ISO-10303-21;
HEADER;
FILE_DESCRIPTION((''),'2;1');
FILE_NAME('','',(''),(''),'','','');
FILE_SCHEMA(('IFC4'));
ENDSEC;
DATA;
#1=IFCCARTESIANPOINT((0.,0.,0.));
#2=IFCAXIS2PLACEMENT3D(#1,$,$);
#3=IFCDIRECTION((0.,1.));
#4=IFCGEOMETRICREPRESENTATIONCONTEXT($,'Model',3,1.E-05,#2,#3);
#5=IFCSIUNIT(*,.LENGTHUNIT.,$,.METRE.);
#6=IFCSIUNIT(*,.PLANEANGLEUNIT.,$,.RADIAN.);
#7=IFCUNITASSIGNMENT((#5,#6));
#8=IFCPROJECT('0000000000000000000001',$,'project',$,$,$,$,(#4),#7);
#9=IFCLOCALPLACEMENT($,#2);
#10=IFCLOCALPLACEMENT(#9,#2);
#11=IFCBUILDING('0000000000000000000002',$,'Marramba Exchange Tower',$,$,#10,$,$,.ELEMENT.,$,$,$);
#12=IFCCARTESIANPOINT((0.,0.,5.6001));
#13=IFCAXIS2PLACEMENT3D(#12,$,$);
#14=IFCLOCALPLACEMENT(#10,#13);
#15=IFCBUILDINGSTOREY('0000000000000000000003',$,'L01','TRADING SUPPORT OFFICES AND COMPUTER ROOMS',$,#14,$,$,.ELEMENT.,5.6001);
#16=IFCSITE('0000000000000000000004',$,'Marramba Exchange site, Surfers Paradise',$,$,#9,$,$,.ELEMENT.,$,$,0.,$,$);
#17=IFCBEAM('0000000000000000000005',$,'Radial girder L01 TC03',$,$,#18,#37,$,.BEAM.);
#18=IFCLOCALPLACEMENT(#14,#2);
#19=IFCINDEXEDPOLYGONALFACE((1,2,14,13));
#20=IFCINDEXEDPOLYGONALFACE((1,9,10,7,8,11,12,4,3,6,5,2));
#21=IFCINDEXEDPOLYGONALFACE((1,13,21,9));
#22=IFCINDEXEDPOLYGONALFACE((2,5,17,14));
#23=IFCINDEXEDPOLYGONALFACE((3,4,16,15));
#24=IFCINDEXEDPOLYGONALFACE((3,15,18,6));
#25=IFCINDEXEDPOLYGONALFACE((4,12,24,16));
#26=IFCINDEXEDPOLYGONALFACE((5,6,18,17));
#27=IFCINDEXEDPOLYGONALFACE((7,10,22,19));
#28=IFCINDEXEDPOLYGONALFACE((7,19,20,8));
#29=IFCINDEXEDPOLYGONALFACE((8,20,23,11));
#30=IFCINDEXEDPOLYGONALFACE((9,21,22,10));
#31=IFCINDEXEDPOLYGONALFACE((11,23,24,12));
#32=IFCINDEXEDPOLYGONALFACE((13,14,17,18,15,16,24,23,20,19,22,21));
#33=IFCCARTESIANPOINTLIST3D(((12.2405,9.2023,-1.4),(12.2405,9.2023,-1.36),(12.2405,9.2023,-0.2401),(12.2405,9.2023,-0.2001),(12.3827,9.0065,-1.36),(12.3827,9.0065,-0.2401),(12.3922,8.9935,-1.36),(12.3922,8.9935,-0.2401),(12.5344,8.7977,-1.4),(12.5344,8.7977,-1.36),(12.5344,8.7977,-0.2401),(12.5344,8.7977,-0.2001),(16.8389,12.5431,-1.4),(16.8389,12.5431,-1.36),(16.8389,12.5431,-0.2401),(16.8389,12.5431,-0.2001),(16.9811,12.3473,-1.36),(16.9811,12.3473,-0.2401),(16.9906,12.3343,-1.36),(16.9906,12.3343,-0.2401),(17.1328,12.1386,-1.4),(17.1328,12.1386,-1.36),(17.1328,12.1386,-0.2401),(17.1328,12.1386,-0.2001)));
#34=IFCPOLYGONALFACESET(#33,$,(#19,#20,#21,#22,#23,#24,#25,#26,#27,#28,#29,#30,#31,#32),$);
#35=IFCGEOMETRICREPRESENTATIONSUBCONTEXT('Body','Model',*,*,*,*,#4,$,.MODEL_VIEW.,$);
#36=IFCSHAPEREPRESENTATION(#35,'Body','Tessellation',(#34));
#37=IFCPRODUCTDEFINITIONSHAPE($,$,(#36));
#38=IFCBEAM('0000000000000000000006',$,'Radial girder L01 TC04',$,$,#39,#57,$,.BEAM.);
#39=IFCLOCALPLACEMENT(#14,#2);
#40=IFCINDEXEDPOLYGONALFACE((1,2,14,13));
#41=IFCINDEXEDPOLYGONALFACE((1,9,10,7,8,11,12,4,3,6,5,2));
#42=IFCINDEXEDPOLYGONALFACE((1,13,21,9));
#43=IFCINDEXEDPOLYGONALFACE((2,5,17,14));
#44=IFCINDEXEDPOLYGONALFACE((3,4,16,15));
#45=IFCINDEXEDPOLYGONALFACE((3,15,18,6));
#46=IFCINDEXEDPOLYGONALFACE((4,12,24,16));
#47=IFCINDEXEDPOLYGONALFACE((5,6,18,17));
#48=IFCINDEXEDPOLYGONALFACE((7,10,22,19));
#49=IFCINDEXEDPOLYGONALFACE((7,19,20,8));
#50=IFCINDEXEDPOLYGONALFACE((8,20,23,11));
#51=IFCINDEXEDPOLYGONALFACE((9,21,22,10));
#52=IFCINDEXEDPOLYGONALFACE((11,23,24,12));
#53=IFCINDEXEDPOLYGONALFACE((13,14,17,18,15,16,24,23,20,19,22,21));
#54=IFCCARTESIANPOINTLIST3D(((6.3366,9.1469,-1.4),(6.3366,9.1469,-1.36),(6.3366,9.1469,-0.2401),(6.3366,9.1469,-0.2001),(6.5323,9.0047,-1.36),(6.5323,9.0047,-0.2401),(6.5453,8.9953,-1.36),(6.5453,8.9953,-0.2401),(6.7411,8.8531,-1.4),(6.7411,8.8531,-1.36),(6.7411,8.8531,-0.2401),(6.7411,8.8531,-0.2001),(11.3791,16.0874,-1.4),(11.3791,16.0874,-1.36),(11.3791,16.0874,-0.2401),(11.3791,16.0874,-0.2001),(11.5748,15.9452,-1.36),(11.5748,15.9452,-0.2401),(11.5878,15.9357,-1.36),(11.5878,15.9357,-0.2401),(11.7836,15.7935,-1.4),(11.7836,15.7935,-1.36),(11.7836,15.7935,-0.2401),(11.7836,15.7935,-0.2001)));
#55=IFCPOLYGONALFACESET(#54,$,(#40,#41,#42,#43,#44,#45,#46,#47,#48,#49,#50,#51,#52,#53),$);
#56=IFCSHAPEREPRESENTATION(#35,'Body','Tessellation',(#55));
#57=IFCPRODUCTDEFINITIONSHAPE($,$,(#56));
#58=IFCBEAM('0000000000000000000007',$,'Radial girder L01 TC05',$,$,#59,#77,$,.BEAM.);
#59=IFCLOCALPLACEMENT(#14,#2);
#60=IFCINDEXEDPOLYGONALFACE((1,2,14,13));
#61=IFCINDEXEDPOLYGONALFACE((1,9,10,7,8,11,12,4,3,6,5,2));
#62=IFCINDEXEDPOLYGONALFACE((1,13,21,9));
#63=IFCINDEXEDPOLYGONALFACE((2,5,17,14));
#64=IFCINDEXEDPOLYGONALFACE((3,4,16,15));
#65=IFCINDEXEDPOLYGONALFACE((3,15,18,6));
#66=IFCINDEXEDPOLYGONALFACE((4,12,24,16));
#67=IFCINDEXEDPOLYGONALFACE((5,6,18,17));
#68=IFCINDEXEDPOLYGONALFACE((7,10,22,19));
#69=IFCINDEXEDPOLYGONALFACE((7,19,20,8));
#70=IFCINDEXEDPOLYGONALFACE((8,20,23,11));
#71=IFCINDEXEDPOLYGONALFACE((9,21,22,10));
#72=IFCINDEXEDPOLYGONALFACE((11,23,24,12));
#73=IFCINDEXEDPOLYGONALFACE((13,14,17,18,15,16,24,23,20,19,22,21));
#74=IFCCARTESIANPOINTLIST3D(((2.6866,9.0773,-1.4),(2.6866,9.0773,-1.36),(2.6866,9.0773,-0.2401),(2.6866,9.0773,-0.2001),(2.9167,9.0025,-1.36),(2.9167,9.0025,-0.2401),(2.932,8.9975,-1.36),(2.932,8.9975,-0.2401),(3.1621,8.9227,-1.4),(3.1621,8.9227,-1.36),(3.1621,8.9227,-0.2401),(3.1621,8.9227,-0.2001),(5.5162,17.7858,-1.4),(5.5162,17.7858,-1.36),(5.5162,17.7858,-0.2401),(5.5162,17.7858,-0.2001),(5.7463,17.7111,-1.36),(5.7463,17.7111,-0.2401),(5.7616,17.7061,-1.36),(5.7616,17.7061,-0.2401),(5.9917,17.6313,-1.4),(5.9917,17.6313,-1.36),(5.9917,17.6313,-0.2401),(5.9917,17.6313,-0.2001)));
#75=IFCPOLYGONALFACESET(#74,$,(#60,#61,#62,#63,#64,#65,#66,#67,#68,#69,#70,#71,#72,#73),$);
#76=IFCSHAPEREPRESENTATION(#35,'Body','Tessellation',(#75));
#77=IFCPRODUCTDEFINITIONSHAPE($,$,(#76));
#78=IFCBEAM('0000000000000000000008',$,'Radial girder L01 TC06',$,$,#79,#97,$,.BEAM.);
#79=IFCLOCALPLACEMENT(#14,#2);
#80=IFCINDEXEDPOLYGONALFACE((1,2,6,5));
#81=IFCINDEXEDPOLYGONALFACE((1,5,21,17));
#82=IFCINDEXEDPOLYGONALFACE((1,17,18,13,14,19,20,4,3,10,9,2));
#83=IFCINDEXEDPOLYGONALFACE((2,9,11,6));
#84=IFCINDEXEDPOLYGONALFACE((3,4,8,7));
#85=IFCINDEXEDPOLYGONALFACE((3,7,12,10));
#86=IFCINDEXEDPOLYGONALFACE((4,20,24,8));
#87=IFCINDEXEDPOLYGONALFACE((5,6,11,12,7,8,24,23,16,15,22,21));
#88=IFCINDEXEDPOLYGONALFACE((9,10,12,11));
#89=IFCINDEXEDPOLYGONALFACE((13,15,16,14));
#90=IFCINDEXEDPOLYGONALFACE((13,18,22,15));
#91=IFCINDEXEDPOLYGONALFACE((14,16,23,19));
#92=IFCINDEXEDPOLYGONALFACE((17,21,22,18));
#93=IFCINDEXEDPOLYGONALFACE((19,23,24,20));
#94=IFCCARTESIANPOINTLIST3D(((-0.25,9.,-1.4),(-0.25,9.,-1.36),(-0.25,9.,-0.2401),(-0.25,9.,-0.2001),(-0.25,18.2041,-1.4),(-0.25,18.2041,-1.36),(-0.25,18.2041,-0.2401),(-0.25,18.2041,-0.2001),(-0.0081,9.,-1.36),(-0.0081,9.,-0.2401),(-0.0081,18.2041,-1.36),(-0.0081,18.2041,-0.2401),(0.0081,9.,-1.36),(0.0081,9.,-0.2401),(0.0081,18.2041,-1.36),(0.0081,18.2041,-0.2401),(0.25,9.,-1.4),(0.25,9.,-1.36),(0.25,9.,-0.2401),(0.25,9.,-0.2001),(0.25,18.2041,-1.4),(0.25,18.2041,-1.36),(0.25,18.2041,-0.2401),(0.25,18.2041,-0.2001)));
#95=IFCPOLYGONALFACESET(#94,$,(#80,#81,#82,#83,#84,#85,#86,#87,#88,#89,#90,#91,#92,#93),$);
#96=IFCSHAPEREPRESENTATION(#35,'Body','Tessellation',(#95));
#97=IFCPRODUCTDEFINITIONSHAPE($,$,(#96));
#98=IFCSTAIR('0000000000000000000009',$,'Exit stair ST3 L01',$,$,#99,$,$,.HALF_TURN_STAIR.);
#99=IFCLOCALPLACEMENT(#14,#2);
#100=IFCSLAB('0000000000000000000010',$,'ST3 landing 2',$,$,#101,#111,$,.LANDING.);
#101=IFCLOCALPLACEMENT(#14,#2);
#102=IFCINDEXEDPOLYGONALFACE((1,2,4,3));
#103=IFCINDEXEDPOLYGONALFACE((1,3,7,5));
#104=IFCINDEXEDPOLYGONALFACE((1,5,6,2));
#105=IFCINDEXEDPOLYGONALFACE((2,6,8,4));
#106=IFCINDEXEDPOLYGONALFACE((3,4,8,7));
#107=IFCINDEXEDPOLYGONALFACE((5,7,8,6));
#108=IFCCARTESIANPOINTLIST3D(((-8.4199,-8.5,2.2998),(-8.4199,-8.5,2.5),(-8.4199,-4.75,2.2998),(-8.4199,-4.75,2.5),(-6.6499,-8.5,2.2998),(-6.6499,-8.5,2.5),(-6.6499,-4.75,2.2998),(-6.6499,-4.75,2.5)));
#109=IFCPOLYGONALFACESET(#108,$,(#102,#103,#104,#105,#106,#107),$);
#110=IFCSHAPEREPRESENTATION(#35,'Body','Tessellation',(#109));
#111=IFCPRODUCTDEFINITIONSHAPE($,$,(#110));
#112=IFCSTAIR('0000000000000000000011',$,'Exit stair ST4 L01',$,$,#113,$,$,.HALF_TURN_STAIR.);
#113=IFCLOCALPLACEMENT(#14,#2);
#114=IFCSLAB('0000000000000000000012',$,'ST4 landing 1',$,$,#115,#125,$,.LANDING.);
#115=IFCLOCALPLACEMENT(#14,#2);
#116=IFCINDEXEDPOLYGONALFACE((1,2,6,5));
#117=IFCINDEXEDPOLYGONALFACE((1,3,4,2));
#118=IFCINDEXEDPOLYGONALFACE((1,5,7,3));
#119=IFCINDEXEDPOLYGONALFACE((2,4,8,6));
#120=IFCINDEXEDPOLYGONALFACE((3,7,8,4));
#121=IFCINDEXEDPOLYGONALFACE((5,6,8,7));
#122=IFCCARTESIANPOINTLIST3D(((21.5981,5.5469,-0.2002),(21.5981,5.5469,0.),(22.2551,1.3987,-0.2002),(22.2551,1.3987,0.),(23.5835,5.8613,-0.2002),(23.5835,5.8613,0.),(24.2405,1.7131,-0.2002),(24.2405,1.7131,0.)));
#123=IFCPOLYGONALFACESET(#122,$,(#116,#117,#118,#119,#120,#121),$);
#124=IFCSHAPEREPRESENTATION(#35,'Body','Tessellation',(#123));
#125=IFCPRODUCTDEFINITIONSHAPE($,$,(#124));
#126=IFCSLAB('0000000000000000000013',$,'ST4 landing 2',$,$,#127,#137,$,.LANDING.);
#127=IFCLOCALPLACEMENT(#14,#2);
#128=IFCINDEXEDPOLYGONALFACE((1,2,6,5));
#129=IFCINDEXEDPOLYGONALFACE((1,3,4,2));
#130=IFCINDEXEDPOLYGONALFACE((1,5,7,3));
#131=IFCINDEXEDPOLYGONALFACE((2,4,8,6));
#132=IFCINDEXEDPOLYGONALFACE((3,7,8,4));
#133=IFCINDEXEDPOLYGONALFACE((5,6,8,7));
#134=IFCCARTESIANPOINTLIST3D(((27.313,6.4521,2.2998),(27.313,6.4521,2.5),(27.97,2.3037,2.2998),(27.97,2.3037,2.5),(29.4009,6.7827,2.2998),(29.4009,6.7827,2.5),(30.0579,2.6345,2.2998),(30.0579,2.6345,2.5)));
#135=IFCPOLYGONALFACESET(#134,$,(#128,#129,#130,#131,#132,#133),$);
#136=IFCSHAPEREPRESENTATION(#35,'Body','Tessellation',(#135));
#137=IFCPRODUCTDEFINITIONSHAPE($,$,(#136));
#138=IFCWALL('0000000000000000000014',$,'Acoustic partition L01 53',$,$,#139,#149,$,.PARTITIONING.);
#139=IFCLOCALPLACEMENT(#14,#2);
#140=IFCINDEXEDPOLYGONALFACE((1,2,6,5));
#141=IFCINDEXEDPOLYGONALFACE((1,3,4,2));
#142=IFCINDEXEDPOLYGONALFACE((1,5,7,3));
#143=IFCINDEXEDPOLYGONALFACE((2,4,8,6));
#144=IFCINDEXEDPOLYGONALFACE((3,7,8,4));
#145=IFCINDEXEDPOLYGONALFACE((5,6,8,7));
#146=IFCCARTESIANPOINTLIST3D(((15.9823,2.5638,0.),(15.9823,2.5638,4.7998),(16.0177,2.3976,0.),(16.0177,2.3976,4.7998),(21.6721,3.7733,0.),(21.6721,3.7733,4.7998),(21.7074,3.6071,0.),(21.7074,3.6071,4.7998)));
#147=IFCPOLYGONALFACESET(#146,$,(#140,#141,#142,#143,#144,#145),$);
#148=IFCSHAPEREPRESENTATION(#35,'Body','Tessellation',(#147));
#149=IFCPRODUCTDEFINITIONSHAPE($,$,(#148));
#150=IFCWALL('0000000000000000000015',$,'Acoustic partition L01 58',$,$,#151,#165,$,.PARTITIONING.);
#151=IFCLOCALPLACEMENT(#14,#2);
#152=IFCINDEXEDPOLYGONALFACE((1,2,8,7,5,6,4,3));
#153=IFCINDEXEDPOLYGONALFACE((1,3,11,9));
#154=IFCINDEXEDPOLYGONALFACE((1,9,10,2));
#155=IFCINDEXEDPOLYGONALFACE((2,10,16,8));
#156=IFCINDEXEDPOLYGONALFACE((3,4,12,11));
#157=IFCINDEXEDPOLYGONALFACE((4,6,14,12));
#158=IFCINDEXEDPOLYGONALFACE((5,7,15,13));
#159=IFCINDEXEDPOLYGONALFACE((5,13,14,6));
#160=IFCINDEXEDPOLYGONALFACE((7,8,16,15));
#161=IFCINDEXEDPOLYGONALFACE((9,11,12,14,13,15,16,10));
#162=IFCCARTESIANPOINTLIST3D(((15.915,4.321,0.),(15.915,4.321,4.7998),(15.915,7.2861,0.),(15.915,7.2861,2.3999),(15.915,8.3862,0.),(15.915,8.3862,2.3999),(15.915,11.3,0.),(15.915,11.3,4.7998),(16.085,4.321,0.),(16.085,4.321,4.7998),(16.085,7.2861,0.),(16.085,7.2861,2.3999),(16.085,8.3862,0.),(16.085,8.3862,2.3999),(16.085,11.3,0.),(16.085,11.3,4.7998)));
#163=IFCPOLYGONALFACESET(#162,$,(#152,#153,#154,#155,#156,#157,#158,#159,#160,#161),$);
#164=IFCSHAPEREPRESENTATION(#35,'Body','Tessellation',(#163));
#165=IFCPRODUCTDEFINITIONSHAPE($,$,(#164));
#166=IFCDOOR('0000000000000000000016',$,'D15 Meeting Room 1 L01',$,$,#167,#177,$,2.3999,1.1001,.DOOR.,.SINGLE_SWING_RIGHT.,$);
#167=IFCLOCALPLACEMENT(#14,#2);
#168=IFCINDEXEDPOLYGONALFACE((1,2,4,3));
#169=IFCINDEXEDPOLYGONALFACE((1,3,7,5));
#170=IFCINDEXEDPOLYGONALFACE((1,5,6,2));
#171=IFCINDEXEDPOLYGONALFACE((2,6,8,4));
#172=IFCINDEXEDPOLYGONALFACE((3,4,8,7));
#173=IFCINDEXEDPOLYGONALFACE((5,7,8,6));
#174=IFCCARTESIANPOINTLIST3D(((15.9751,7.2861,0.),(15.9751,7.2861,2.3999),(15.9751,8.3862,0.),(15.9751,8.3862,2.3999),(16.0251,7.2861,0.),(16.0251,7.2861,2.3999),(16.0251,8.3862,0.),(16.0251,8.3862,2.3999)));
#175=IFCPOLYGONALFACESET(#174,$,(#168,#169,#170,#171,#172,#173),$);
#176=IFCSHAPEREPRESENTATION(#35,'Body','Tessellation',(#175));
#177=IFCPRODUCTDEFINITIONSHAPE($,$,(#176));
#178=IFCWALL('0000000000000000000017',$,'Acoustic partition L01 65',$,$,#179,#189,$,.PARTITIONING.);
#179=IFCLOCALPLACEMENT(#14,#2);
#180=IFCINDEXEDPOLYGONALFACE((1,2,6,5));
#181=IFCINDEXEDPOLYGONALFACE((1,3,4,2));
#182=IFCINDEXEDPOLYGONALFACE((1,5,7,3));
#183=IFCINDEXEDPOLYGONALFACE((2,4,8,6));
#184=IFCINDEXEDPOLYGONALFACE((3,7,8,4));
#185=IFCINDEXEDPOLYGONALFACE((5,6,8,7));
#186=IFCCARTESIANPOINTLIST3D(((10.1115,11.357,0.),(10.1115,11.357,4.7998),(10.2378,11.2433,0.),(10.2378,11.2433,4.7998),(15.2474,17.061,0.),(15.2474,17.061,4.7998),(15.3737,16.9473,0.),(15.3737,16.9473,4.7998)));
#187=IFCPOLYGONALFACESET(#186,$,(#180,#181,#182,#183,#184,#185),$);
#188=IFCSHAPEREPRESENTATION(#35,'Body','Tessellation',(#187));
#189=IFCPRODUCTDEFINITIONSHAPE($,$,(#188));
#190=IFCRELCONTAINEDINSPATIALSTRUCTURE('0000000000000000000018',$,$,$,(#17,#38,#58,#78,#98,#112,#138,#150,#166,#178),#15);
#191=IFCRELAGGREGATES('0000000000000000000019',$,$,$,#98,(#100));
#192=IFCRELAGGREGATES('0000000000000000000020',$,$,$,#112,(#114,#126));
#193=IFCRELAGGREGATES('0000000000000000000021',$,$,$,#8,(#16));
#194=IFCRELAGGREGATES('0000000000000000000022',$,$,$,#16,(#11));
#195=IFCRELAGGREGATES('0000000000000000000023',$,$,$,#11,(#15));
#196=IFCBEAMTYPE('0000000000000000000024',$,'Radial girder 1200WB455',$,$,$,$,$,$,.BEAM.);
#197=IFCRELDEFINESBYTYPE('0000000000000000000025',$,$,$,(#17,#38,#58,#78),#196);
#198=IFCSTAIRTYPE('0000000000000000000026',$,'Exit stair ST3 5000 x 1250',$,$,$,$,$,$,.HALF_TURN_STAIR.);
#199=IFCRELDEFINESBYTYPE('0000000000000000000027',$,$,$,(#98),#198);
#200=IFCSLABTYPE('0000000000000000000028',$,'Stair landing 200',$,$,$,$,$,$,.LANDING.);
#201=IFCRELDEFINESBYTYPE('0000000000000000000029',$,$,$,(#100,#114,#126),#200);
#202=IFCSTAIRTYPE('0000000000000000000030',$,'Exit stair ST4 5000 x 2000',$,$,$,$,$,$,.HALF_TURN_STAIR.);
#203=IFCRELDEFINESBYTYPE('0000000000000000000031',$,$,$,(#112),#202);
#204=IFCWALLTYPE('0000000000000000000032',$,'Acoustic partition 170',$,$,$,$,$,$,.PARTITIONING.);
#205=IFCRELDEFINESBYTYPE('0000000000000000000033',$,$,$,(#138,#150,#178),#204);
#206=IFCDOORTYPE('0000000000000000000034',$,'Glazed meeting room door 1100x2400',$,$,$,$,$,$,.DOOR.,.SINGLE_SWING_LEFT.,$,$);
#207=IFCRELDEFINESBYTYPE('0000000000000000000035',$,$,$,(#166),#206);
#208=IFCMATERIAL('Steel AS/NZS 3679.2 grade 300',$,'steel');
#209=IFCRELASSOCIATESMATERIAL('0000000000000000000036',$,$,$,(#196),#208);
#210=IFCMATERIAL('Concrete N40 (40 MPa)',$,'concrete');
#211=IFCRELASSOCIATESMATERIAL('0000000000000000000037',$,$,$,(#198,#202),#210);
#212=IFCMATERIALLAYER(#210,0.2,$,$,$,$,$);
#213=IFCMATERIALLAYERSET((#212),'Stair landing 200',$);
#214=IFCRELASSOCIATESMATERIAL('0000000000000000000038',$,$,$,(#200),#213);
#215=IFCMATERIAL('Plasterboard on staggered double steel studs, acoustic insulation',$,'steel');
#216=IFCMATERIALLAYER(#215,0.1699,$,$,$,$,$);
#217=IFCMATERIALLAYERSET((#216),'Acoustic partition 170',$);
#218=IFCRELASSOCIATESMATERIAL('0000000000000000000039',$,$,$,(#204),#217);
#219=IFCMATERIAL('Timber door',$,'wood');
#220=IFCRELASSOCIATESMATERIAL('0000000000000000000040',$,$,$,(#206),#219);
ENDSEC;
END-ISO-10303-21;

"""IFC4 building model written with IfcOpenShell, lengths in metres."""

from ifc_helpers import new_model, si_unit, direction, frame, frame_2d, origin, origin_2d, place, context, subcontext, project, spatial, polyline, rectangle, i_section, outline, extrude, material, layer, layer_set, material_profile, profile_set, type_object, element, fill, aggregate, save


model = new_model("IFC4")

# Units and contexts
model_context = context("Model", 3, precision=1e-05, world=origin(), true_north=direction((0.0, 1.0)))
body_context = subcontext(model_context, "Body", "Model", "MODEL_VIEW")
ifc_project = project(units=[si_unit("LENGTHUNIT", "METRE"), si_unit("PLANEANGLEUNIT", "RADIAN")], contexts=[model_context])

# Site, building, storey
site_placement = place(None, origin())
site = spatial("IfcSite", under=ifc_project, at=site_placement, Name="Marramba Exchange site, Surfers Paradise", CompositionType="ELEMENT", RefElevation=0.0)
building_placement = place(site_placement, origin())
building = spatial("IfcBuilding", under=site, at=building_placement, Name="Marramba Exchange Tower", CompositionType="ELEMENT")
storey_placement = place(building_placement, frame((0.0, 0.0, 5.6001)))
storey = spatial("IfcBuildingStorey", under=building, at=storey_placement, Name="L01", Description="TRADING SUPPORT OFFICES AND COMPUTER ROOMS", CompositionType="ELEMENT", Elevation=5.6001)

# Beams
ifc_material_1 = material(Name="Steel AS/NZS 3679.2 grade 300", Category="steel")
ifc_material_profile_1 = material_profile(ifc_material_1, i_section(OverallWidth=0.5, OverallDepth=1.2, WebThickness=0.0161, FlangeThickness=0.04, at=origin_2d()), Name="1200WB455")
ifc_profile_set_1 = profile_set([ifc_material_profile_1], Name="Steel AS/NZS 3679.2 grade 300")
beam_type_1 = type_object("IfcBeamType", Name="Radial girder 1200WB455", PredefinedType="BEAM", material=ifc_profile_set_1)
beam_1_placement = place(storey_placement, frame((12.3875, 9.0, -0.8), z_axis=(0.809026, 0.587773, 0.0), x_axis=(-0.587773, 0.809026, 0.0)))
element("IfcBeam", 1, at=beam_1_placement, inside=storey, type_object=beam_type_1, Name="Radial girder L01 TC03", PredefinedType="BEAM", context=body_context, shape_type="SweptSolid", body=[
    extrude(i_section(OverallWidth=0.5, OverallDepth=1.2, WebThickness=0.0161, FlangeThickness=0.04, at=origin_2d()), origin(), (0.0, 0.0, 1.0), 5.6838),
])
beam_2_placement = place(storey_placement, frame((6.5388, 9.0, -0.8), z_axis=(0.587782, 0.809019, 0.0), x_axis=(-0.809019, 0.587782, 0.0)))
element("IfcBeam", 2, at=beam_2_placement, inside=storey, type_object=beam_type_1, Name="Radial girder L01 TC04", PredefinedType="BEAM", context=body_context, shape_type="SweptSolid", body=[
    extrude(i_section(OverallWidth=0.5, OverallDepth=1.2, WebThickness=0.0161, FlangeThickness=0.04, at=origin_2d()), origin(), (0.0, 0.0, 1.0), 8.5789),
])
beam_3_placement = place(storey_placement, frame((2.9243, 9.0, -0.8), z_axis=(0.30902, 0.951056, 0.0), x_axis=(-0.951056, 0.30902, 0.0)))
element("IfcBeam", 3, at=beam_3_placement, inside=storey, type_object=beam_type_1, Name="Radial girder L01 TC05", PredefinedType="BEAM", context=body_context, shape_type="SweptSolid", body=[
    extrude(i_section(OverallWidth=0.5, OverallDepth=1.2, WebThickness=0.0161, FlangeThickness=0.04, at=origin_2d()), origin(), (0.0, 0.0, 1.0), 9.1567),
])
beam_4_placement = place(storey_placement, frame((0.0, 9.0, -0.8), z_axis=(0.0, 1.0, 0.0), x_axis=(-1.0, 0.0, 0.0)))
element("IfcBeam", 4, at=beam_4_placement, inside=storey, type_object=beam_type_1, Name="Radial girder L01 TC06", PredefinedType="BEAM", context=body_context, shape_type="SweptSolid", body=[
    extrude(i_section(OverallWidth=0.5, OverallDepth=1.2, WebThickness=0.0161, FlangeThickness=0.04, at=origin_2d()), origin(), (0.0, 0.0, 1.0), 9.2041),
])

# Stair, slab
ifc_material_2 = material(Name="Concrete N40 (40 MPa)", Category="concrete")
stair_type_1 = type_object("IfcStairType", Name="Exit stair ST3 5000 x 1250", PredefinedType="HALF_TURN_STAIR", material=ifc_material_2)
stair_1_placement = place(storey_placement, origin())
stair_1 = element("IfcStair", 5, at=stair_1_placement, inside=storey, type_object=stair_type_1, Name="Exit stair ST3 L01", PredefinedType="HALF_TURN_STAIR")
ifc_layer_1 = layer(ifc_material_2, 0.2)
ifc_layer_set_1 = layer_set([ifc_layer_1], Name="Stair landing 200")
slab_type = type_object("IfcSlabType", Name="Stair landing 200", PredefinedType="LANDING", material=ifc_layer_set_1)
slab_1_placement = place(storey_placement, frame((0.0, 0.0, 2.2998)))
slab_1 = element("IfcSlab", 6, at=slab_1_placement, type_object=slab_type, Name="ST3 landing 2", PredefinedType="LANDING", context=body_context, shape_type="SweptSolid", body=[
    extrude(outline(polyline([(-8.4199, -8.5), (-6.6499, -8.5), (-6.6499, -4.75), (-8.4199, -4.75), (-8.4199, -8.5)])), origin(), (0.0, 0.0, 1.0), 0.2002),
])
aggregate(stair_1, [slab_1])

# Stair, slabs
stair_type_2 = type_object("IfcStairType", Name="Exit stair ST4 5000 x 2000", PredefinedType="HALF_TURN_STAIR", material=ifc_material_2)
stair_2_placement = place(storey_placement, origin())
stair_2 = element("IfcStair", 7, at=stair_2_placement, inside=storey, type_object=stair_type_2, Name="Exit stair ST4 L01", PredefinedType="HALF_TURN_STAIR")
slab_2_placement = place(storey_placement, frame((0.0, 0.0, -0.2002)))
slab_2 = element("IfcSlab", 8, at=slab_2_placement, type_object=slab_type, Name="ST4 landing 1", PredefinedType="LANDING", context=body_context, shape_type="SweptSolid", body=[
    extrude(outline(polyline([(22.2551, 1.3987), (24.2405, 1.7131), (23.5835, 5.8613), (21.5981, 5.5469), (22.2551, 1.3987)])), origin(), (0.0, 0.0, 1.0), 0.2002),
])
slab_3_placement = place(storey_placement, frame((0.0, 0.0, 2.2998)))
slab_3 = element("IfcSlab", 9, at=slab_3_placement, type_object=slab_type, Name="ST4 landing 2", PredefinedType="LANDING", context=body_context, shape_type="SweptSolid", body=[
    extrude(outline(polyline([(27.97, 2.3037), (30.0579, 2.6345), (29.4009, 6.7827), (27.313, 6.4521), (27.97, 2.3037)])), origin(), (0.0, 0.0, 1.0), 0.2002),
])
aggregate(stair_2, [slab_2, slab_3])

# Wall
ifc_material_3 = material(Name="Plasterboard on staggered double steel studs, acoustic insulation", Category="steel")
ifc_layer_2 = layer(ifc_material_3, 0.1699)
ifc_layer_set_2 = layer_set([ifc_layer_2], Name="Acoustic partition 170")
wall_type_1 = type_object("IfcWallType", Name="Acoustic partition 170", PredefinedType="PARTITIONING", material=ifc_layer_set_2)
wall_1_placement = place(storey_placement, frame((16.0, 2.4807, 0.0), z_axis=(0.0, 0.0, 1.0), x_axis=(0.978144, 0.207927, 0.0)))
element("IfcWall", 10, at=wall_1_placement, inside=storey, type_object=wall_type_1, Name="Acoustic partition L01 53", PredefinedType="PARTITIONING", context=body_context, shape_type="SweptSolid", body=[
    extrude(rectangle(XDim=5.8169, YDim=0.1699, at=frame_2d((2.9084, 0.0))), origin(), (0.0, 0.0, 1.0), 4.7998),
])

# Wall, opening, door
wall_2_placement = place(storey_placement, frame((16.0, 4.321, 0.0), z_axis=(0.0, 0.0, 1.0), x_axis=(0.0, 1.0, 0.0)))
wall_2 = element("IfcWall", 11, at=wall_2_placement, inside=storey, type_object=wall_type_1, Name="Acoustic partition L01 58", PredefinedType="PARTITIONING", context=body_context, shape_type="SweptSolid", body=[
    extrude(rectangle(XDim=6.979, YDim=0.1699, at=frame_2d((3.4895, 0.0))), origin(), (0.0, 0.0, 1.0), 4.7998),
])
opening_1_placement = place(wall_2_placement, frame((2.9651, 0.0, 0.0)))
opening_1 = element("IfcOpeningElement", 12, at=opening_1_placement, cuts=wall_2, PredefinedType="OPENING", context=body_context, shape_type="SweptSolid", body=[
    extrude(rectangle(XDim=1.1001, YDim=2.3999, at=frame_2d((0.55, 1.2))), frame((0.0, 0.095, 0.0), z_axis=(0.0, -1.0, 0.0), x_axis=(1.0, 0.0, 0.0)), (0.0, 0.0, 1.0), 0.1899),
])
ifc_material_4 = material(Name="Timber door", Category="wood")
door_type_1 = type_object("IfcDoorType", Name="Glazed meeting room door 1100x2400", OperationType="SINGLE_SWING_LEFT", PredefinedType="DOOR", material=ifc_material_4)
door_1_placement = place(opening_1_placement, origin())
door_1 = element("IfcDoor", 13, at=door_1_placement, inside=storey, type_object=door_type_1, Name="D15 Meeting Room 1 L01", OperationType="SINGLE_SWING_RIGHT", OverallHeight=2.3999, OverallWidth=1.1001, PredefinedType="DOOR", context=body_context, shape_type="SweptSolid", body=[
    extrude(rectangle(XDim=1.1001, YDim=2.3999, at=frame_2d((0.55, 1.2))), frame((0.0, 0.0249, 0.0), z_axis=(0.0, -1.0, 0.0), x_axis=(1.0, 0.0, 0.0)), (0.0, 0.0, 1.0), 0.05),
])
fill(opening_1, door_1)

# Wall
wall_3_placement = place(storey_placement, frame((10.1746, 11.3, 0.0), z_axis=(0.0, 0.0, 1.0), x_axis=(0.66913, 0.743145, 0.0)))
element("IfcWall", 14, at=wall_3_placement, inside=storey, type_object=wall_type_1, Name="Acoustic partition L01 65", PredefinedType="PARTITIONING", context=body_context, shape_type="SweptSolid", body=[
    extrude(rectangle(XDim=7.6755, YDim=0.1699, at=frame_2d((3.8379, 0.0))), origin(), (0.0, 0.0, 1.0), 4.7998),
])

save(model, "model.ifc")
